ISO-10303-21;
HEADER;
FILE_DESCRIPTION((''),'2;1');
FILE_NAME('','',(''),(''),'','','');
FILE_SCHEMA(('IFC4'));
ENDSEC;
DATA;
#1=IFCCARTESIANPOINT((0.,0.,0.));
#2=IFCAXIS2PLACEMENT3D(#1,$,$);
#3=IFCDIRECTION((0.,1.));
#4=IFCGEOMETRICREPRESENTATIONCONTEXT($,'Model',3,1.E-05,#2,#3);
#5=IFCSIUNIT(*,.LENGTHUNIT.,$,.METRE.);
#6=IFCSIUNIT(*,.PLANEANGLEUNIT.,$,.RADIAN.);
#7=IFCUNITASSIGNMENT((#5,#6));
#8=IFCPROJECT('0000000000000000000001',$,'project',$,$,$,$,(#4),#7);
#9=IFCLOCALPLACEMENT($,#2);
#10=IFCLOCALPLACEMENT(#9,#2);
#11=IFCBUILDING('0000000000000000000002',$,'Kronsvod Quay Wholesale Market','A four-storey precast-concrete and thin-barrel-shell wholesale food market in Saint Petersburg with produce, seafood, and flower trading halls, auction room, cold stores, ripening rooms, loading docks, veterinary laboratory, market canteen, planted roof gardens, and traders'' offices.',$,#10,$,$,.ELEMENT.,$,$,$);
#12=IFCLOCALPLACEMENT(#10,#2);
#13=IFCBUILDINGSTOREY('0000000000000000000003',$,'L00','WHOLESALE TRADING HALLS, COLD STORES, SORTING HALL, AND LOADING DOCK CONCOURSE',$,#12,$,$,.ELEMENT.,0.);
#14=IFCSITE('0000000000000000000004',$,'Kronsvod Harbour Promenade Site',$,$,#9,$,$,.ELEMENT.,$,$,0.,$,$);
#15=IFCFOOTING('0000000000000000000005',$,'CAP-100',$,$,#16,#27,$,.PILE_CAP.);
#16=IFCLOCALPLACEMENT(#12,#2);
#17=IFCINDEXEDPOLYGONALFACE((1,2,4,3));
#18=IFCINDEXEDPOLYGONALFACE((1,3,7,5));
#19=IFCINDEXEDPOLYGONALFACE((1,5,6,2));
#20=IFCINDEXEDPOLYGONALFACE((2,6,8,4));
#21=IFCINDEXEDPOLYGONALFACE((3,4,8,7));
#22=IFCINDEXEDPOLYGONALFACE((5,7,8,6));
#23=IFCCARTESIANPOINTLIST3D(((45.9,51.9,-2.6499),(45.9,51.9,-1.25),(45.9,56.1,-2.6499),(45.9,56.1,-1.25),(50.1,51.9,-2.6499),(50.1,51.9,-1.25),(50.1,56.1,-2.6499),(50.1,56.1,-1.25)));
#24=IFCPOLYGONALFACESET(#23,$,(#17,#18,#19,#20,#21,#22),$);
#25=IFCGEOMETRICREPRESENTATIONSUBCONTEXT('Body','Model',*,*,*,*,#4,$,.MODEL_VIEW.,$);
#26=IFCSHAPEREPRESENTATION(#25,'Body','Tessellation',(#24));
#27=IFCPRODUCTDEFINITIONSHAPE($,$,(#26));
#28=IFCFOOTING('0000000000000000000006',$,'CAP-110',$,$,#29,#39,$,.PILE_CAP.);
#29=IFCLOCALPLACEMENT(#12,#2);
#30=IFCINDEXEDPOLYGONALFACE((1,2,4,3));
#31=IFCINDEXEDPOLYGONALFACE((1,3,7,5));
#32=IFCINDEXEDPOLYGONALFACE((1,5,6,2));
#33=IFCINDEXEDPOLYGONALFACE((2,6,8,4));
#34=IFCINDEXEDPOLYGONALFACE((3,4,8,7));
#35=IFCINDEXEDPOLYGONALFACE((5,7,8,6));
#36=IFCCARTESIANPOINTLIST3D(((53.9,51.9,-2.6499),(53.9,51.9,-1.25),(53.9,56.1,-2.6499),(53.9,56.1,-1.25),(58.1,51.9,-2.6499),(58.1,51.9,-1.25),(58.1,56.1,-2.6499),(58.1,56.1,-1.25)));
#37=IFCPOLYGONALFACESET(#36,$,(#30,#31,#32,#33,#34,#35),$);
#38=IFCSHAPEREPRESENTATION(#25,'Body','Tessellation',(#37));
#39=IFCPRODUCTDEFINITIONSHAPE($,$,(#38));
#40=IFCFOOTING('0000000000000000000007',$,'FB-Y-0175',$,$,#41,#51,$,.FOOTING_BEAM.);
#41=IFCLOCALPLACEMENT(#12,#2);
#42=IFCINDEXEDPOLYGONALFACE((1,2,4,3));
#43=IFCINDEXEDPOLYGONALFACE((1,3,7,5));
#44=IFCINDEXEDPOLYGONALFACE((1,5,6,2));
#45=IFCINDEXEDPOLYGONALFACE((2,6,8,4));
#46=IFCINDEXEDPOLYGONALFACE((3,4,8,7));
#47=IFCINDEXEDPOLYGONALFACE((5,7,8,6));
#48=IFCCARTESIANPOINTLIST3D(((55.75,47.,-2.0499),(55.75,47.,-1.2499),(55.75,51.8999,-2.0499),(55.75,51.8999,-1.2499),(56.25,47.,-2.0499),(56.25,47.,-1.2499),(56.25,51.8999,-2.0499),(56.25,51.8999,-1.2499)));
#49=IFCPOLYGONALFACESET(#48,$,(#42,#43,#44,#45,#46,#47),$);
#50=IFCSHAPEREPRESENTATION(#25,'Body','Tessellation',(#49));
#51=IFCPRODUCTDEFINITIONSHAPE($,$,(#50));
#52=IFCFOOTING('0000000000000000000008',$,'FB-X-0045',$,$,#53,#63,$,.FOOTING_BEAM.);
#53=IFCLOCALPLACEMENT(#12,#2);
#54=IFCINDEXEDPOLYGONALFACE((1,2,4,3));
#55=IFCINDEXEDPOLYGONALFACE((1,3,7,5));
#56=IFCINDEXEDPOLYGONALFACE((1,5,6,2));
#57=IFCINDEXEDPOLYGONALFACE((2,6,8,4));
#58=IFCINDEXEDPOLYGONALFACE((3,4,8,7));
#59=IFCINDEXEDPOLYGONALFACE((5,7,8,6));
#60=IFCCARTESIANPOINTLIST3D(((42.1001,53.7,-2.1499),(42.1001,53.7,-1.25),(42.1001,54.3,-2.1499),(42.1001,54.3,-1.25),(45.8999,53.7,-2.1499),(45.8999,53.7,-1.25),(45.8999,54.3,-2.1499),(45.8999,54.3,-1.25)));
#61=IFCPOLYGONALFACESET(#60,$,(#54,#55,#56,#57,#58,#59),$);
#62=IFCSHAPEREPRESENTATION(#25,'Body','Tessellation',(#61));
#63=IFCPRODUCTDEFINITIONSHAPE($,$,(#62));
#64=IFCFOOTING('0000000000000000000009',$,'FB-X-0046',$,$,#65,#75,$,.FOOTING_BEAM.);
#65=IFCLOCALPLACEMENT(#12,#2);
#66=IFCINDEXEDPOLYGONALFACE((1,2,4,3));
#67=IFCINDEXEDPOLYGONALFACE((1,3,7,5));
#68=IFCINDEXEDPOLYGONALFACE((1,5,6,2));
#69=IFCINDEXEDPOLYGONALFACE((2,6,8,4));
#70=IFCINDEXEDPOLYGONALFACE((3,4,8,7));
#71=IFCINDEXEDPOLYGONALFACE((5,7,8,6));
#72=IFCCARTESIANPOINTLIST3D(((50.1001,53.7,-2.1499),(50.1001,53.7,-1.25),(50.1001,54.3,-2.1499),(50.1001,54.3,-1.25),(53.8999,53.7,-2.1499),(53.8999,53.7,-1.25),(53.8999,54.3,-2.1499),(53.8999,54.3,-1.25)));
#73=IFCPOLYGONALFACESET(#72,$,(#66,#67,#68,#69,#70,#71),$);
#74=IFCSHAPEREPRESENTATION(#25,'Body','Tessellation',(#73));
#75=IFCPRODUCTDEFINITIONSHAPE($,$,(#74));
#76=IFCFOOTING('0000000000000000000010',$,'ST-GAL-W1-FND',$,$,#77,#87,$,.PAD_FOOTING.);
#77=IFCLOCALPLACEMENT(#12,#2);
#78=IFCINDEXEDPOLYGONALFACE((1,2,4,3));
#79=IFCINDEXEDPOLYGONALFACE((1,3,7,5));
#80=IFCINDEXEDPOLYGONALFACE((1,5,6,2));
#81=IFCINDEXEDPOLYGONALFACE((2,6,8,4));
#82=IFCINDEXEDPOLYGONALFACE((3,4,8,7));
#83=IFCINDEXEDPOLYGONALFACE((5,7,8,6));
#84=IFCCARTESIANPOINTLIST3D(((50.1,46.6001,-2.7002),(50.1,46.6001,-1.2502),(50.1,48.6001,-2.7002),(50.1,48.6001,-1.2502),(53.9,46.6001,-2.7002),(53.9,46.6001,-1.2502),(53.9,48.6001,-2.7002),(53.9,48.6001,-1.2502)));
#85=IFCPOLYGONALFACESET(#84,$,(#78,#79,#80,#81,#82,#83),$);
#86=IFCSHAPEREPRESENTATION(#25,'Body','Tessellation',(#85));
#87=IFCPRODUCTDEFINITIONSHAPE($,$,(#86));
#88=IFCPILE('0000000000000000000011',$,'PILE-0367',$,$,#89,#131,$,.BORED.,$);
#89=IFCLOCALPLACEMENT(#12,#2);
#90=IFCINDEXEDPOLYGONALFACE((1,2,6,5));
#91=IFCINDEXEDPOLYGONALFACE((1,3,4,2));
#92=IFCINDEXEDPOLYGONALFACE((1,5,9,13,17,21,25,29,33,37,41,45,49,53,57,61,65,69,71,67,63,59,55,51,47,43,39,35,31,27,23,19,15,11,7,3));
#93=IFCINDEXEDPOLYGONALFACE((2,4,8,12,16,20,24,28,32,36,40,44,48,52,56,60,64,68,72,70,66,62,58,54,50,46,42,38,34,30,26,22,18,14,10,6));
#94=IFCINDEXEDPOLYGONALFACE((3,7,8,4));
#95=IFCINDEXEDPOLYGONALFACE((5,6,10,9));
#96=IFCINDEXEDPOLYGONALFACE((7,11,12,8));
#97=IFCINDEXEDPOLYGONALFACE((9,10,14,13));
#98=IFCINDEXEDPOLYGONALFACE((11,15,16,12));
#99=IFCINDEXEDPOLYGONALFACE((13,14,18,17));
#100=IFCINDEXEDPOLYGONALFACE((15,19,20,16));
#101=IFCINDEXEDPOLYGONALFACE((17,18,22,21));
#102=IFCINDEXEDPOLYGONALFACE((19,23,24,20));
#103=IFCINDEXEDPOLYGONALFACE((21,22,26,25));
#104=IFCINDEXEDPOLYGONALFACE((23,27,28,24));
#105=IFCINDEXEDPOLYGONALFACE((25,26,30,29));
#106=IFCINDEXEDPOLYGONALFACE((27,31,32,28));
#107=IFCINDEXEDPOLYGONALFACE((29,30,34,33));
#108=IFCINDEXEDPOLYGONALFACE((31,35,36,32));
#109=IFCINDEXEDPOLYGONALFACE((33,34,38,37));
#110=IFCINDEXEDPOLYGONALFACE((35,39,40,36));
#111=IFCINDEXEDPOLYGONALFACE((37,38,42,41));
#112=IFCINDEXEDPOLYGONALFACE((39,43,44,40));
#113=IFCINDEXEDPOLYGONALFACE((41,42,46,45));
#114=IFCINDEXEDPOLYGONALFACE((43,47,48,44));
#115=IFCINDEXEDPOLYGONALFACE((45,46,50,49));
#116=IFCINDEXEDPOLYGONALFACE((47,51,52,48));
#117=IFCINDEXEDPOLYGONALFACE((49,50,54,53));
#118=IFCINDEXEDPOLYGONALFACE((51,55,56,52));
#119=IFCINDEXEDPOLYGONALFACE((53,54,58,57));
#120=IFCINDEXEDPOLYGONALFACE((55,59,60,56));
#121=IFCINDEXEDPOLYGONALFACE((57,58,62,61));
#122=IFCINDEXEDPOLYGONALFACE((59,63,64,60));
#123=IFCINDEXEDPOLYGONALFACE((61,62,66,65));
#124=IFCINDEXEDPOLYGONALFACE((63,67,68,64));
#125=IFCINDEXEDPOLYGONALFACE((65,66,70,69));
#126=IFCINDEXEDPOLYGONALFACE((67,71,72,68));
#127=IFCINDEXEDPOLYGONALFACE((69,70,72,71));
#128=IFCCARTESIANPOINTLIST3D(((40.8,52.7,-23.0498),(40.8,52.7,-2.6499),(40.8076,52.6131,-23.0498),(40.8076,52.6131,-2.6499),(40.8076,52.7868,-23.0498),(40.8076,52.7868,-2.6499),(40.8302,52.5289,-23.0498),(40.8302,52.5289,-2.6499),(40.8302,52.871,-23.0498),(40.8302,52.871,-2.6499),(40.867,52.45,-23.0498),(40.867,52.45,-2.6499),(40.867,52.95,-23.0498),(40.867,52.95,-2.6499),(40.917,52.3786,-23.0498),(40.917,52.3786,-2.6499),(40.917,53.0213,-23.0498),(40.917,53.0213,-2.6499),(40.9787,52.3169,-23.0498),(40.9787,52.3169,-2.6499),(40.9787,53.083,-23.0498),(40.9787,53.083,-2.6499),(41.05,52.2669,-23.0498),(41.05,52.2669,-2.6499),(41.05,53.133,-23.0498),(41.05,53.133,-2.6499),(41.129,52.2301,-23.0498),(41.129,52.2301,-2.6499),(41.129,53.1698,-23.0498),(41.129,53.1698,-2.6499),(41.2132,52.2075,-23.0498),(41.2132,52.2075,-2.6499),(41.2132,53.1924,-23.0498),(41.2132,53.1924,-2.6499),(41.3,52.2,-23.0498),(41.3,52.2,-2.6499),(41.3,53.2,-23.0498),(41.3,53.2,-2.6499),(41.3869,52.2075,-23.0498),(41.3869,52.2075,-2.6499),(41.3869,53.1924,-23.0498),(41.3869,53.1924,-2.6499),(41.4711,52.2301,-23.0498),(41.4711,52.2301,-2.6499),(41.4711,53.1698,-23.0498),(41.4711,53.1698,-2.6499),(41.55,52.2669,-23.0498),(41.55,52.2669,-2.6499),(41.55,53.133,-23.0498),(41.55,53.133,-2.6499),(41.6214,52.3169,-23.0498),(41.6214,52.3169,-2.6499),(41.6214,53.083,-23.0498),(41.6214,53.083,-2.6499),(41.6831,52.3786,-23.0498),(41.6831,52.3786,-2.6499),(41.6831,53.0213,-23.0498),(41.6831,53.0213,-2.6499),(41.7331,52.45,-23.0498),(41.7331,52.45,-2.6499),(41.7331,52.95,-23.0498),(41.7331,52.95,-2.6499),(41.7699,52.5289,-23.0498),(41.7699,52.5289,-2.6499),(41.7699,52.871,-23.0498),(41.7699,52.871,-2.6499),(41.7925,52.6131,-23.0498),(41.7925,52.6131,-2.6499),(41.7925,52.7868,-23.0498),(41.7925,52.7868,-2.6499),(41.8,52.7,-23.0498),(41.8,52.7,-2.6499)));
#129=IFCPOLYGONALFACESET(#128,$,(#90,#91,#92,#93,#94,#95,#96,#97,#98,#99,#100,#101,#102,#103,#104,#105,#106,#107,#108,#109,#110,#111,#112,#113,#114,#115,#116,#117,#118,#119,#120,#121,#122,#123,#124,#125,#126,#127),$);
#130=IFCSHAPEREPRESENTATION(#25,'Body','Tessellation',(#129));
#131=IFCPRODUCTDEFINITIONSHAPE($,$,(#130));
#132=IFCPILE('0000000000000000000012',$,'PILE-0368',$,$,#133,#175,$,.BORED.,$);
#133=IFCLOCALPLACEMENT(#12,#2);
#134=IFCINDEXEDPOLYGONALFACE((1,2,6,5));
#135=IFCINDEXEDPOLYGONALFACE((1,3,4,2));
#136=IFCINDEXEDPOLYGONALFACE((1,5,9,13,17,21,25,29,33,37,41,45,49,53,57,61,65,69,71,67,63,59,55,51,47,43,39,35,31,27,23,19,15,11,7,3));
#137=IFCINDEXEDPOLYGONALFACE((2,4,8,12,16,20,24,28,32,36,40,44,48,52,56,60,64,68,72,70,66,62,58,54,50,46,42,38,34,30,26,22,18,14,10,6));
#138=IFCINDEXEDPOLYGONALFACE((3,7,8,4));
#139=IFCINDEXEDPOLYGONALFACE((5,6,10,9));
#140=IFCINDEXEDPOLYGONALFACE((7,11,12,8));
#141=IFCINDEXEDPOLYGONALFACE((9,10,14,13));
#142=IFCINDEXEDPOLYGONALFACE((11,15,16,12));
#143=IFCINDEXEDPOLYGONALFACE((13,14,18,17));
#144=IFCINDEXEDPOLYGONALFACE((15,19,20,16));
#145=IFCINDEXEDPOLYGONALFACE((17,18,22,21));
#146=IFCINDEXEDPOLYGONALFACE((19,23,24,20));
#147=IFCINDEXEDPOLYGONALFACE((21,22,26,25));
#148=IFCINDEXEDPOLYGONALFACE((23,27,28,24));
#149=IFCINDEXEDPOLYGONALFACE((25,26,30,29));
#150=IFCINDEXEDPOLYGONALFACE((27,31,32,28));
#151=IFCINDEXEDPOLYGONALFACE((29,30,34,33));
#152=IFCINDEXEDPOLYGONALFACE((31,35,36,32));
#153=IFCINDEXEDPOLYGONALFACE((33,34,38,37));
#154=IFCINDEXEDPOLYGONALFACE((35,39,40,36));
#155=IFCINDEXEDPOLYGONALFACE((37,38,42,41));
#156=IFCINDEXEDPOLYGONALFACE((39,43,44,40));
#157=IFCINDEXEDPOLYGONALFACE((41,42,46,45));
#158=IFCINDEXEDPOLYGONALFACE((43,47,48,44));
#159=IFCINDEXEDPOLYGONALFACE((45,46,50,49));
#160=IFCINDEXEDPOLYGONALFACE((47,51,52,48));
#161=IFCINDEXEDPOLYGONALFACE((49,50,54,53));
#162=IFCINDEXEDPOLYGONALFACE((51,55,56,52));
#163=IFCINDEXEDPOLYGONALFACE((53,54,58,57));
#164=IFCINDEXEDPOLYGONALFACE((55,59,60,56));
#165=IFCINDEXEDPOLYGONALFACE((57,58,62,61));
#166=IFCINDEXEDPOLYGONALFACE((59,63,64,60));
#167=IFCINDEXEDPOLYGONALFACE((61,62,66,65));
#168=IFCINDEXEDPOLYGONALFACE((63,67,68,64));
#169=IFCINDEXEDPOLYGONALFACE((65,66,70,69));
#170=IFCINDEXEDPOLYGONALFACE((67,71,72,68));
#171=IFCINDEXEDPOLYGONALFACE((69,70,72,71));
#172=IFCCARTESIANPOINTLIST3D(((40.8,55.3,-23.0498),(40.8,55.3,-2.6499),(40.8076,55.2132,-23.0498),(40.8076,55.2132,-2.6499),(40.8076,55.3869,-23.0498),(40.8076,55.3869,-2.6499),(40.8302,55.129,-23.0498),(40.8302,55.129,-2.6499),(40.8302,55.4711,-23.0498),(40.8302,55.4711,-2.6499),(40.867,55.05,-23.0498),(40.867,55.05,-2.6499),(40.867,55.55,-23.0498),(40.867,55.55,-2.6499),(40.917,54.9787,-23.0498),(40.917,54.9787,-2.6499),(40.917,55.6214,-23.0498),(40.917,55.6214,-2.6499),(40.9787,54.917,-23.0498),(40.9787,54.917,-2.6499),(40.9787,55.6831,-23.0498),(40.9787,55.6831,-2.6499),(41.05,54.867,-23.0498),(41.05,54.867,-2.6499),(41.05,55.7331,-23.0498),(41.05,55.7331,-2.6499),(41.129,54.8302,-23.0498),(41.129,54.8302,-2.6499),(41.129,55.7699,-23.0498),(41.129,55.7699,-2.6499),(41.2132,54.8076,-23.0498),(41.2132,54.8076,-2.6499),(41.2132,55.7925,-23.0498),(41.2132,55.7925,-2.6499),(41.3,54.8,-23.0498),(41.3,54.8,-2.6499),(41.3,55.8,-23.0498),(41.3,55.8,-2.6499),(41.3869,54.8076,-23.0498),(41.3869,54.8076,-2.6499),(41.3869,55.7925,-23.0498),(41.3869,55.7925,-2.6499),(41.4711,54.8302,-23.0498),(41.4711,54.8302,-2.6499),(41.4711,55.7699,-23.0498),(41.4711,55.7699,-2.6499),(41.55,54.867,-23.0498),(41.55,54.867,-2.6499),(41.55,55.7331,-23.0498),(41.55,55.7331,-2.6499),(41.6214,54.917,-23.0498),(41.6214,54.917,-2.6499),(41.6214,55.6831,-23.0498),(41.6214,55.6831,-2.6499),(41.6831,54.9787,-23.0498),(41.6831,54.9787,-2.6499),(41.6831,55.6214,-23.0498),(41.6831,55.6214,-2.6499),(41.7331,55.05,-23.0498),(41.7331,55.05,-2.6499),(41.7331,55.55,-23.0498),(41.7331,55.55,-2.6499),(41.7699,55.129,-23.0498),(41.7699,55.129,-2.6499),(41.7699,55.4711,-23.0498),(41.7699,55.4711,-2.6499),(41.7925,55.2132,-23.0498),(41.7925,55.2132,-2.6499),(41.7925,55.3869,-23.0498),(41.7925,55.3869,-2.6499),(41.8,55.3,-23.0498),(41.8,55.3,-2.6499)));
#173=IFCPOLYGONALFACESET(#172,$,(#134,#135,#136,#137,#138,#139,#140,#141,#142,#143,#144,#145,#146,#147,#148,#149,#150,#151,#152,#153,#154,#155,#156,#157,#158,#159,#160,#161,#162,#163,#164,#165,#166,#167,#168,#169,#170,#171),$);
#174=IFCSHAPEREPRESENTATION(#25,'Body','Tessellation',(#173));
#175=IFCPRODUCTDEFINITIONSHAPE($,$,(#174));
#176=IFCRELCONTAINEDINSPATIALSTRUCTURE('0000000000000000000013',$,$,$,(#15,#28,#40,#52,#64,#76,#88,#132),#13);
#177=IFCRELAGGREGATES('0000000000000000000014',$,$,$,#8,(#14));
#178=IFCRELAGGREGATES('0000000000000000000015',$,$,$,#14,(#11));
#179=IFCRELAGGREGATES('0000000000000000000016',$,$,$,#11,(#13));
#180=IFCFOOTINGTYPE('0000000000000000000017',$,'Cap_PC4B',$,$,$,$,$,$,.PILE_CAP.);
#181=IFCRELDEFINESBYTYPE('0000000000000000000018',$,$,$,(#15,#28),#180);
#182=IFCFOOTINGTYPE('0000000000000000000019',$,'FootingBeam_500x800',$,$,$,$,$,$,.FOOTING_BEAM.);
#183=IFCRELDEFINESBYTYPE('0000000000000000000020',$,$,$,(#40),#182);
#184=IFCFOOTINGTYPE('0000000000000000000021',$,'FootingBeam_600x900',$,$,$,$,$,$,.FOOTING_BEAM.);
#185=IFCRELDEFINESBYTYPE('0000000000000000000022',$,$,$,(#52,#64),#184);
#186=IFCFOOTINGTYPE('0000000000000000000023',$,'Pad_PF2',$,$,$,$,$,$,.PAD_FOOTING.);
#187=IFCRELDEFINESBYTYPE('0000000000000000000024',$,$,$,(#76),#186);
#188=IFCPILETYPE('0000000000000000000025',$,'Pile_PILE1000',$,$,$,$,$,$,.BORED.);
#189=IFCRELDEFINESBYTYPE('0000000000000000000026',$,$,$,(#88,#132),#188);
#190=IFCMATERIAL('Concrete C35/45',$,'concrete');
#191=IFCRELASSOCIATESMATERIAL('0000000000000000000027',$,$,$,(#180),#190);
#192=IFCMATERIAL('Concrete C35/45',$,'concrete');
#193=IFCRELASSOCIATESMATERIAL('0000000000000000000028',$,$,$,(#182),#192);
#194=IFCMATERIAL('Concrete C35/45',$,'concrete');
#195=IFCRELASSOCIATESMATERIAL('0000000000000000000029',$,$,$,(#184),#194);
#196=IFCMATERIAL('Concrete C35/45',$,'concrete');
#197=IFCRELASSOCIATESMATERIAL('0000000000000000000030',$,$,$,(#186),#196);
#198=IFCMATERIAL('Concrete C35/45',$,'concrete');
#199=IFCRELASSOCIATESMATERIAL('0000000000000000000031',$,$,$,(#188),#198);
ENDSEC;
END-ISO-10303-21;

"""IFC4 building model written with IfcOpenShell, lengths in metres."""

from ifc_helpers import new_model, si_unit, direction, frame, origin, origin_2d, place, context, subcontext, project, spatial, rectangle, circle, extrude, material, material_profile, profile_set, type_object, element, save


model = new_model("IFC4")

# Units and contexts
model_context = context("Model", 3, precision=1e-05, world=origin(), true_north=direction((0.0, 1.0)))
body_context = subcontext(model_context, "Body", "Model", "MODEL_VIEW")
ifc_project = project(units=[si_unit("LENGTHUNIT", "METRE"), si_unit("PLANEANGLEUNIT", "RADIAN")], contexts=[model_context])

# Site, building, storey
site_placement = place(None, origin())
site = spatial("IfcSite", under=ifc_project, at=site_placement, Name="Kronsvod Harbour Promenade Site", CompositionType="ELEMENT", RefElevation=0.0)
building_placement = place(site_placement, origin())
building = spatial("IfcBuilding", under=site, at=building_placement, Name="Kronsvod Quay Wholesale Market", Description="A four-storey precast-concrete and thin-barrel-shell wholesale food market in Saint Petersburg with produce, seafood, and flower trading halls, auction room, cold stores, ripening rooms, loading docks, veterinary laboratory, market canteen, planted roof gardens, and traders' offices.", CompositionType="ELEMENT")
storey_placement = place(building_placement, origin())
storey = spatial("IfcBuildingStorey", under=building, at=storey_placement, Name="L00", Description="WHOLESALE TRADING HALLS, COLD STORES, SORTING HALL, AND LOADING DOCK CONCOURSE", CompositionType="ELEMENT", Elevation=0.0)

# Footings
ifc_material_1 = material(Name="Concrete C35/45", Category="concrete")
footing_type_1 = type_object("IfcFootingType", Name="Cap_PC4B", PredefinedType="PILE_CAP", material=ifc_material_1)
for number, where, z_axis, x_axis, name in (
    (1, (48.0, 54.0, -2.6499), (0.0, 0.0, 1.0), (1.0, 0.0, 0.0), "CAP-100"),
    (2, (56.0, 54.0, -2.6499), (0.0, 0.0, 1.0), (1.0, 0.0, 0.0), "CAP-110"),
):
    element("IfcFooting", number, at=place(storey_placement, frame(where, z_axis=z_axis, x_axis=x_axis)), inside=storey, type_object=footing_type_1, Name=name, PredefinedType="PILE_CAP", context=body_context, shape_type="SweptSolid", body=[
        extrude(rectangle(XDim=4.2, YDim=4.2, at=origin_2d()), origin(), (0.0, 0.0, 1.0), 1.3999),
    ])
ifc_material_2 = material(Name="Concrete C35/45", Category="concrete")
ifc_material_profile_1 = material_profile(ifc_material_2, rectangle(XDim=0.5, YDim=0.8, at=origin_2d()), Name="FB-01")
ifc_profile_set_1 = profile_set([ifc_material_profile_1], Name="Concrete C35/45")
footing_type_2 = type_object("IfcFootingType", Name="FootingBeam_500x800", PredefinedType="FOOTING_BEAM", material=ifc_profile_set_1)
footing_1_placement = place(storey_placement, frame((56.0, 47.0, -1.6499), z_axis=(0.0, 1.0, 0.0), x_axis=(-1.0, 0.0, 0.0)))
element("IfcFooting", 3, at=footing_1_placement, inside=storey, type_object=footing_type_2, Name="FB-Y-0175", PredefinedType="FOOTING_BEAM", context=body_context, shape_type="SweptSolid", body=[
    extrude(rectangle(XDim=0.5, YDim=0.8, at=origin_2d()), origin(), (0.0, 0.0, 1.0), 4.8999),
])
ifc_material_3 = material(Name="Concrete C35/45", Category="concrete")
ifc_material_profile_2 = material_profile(ifc_material_3, rectangle(XDim=0.6001, YDim=0.8999, at=origin_2d()), Name="FB-02")
ifc_profile_set_2 = profile_set([ifc_material_profile_2], Name="Concrete C35/45")
footing_type_3 = type_object("IfcFootingType", Name="FootingBeam_600x900", PredefinedType="FOOTING_BEAM", material=ifc_profile_set_2)
for number, where, z_axis, x_axis, name in (
    (4, (42.1001, 54.0, -1.7), (1.0, 0.0, 0.0), (0.0, 1.0, 0.0), "FB-X-0045"),
    (5, (50.1001, 54.0, -1.7), (1.0, 0.0, 0.0), (0.0, 1.0, 0.0), "FB-X-0046"),
):
    element("IfcFooting", number, at=place(storey_placement, frame(where, z_axis=z_axis, x_axis=x_axis)), inside=storey, type_object=footing_type_3, Name=name, PredefinedType="FOOTING_BEAM", context=body_context, shape_type="SweptSolid", body=[
        extrude(rectangle(XDim=0.6001, YDim=0.8999, at=origin_2d()), origin(), (0.0, 0.0, 1.0), 3.7998),
    ])
ifc_material_4 = material(Name="Concrete C35/45", Category="concrete")
footing_type_4 = type_object("IfcFootingType", Name="Pad_PF2", PredefinedType="PAD_FOOTING", material=ifc_material_4)
footing_2_placement = place(storey_placement, frame((52.0, 47.6001, -2.7002), z_axis=(0.0, 0.0, 1.0), x_axis=(1.0, 0.0, 0.0)))
element("IfcFooting", 6, at=footing_2_placement, inside=storey, type_object=footing_type_4, Name="ST-GAL-W1-FND", PredefinedType="PAD_FOOTING", context=body_context, shape_type="SweptSolid", body=[
    extrude(rectangle(XDim=3.8, YDim=2.0, at=origin_2d()), origin(), (0.0, 0.0, 1.0), 1.45),
])

# Piles
ifc_material_5 = material(Name="Concrete C35/45", Category="concrete")
ifc_material_profile_3 = material_profile(ifc_material_5, circle(Radius=0.5, at=origin_2d()), Name="PILE1000")
ifc_profile_set_3 = profile_set([ifc_material_profile_3], Name="Concrete C35/45")
pile_type_1 = type_object("IfcPileType", Name="Pile_PILE1000", PredefinedType="BORED", material=ifc_profile_set_3)
for number, where, z_axis, x_axis, name in (
    (7, (41.3, 52.7, -2.6499), (0.0, 0.0, -1.0), (1.0, 0.0, 0.0), "PILE-0367"),
    (8, (41.3, 55.3, -2.6499), (0.0, 0.0, -1.0), (1.0, 0.0, 0.0), "PILE-0368"),
):
    element("IfcPile", number, at=place(storey_placement, frame(where, z_axis=z_axis, x_axis=x_axis)), inside=storey, type_object=pile_type_1, Name=name, PredefinedType="BORED", context=body_context, shape_type="SweptSolid", body=[
        extrude(circle(Radius=0.5, at=origin_2d()), origin(), (0.0, 0.0, 1.0), 20.3999),
    ])

save(model, "model.ifc")
